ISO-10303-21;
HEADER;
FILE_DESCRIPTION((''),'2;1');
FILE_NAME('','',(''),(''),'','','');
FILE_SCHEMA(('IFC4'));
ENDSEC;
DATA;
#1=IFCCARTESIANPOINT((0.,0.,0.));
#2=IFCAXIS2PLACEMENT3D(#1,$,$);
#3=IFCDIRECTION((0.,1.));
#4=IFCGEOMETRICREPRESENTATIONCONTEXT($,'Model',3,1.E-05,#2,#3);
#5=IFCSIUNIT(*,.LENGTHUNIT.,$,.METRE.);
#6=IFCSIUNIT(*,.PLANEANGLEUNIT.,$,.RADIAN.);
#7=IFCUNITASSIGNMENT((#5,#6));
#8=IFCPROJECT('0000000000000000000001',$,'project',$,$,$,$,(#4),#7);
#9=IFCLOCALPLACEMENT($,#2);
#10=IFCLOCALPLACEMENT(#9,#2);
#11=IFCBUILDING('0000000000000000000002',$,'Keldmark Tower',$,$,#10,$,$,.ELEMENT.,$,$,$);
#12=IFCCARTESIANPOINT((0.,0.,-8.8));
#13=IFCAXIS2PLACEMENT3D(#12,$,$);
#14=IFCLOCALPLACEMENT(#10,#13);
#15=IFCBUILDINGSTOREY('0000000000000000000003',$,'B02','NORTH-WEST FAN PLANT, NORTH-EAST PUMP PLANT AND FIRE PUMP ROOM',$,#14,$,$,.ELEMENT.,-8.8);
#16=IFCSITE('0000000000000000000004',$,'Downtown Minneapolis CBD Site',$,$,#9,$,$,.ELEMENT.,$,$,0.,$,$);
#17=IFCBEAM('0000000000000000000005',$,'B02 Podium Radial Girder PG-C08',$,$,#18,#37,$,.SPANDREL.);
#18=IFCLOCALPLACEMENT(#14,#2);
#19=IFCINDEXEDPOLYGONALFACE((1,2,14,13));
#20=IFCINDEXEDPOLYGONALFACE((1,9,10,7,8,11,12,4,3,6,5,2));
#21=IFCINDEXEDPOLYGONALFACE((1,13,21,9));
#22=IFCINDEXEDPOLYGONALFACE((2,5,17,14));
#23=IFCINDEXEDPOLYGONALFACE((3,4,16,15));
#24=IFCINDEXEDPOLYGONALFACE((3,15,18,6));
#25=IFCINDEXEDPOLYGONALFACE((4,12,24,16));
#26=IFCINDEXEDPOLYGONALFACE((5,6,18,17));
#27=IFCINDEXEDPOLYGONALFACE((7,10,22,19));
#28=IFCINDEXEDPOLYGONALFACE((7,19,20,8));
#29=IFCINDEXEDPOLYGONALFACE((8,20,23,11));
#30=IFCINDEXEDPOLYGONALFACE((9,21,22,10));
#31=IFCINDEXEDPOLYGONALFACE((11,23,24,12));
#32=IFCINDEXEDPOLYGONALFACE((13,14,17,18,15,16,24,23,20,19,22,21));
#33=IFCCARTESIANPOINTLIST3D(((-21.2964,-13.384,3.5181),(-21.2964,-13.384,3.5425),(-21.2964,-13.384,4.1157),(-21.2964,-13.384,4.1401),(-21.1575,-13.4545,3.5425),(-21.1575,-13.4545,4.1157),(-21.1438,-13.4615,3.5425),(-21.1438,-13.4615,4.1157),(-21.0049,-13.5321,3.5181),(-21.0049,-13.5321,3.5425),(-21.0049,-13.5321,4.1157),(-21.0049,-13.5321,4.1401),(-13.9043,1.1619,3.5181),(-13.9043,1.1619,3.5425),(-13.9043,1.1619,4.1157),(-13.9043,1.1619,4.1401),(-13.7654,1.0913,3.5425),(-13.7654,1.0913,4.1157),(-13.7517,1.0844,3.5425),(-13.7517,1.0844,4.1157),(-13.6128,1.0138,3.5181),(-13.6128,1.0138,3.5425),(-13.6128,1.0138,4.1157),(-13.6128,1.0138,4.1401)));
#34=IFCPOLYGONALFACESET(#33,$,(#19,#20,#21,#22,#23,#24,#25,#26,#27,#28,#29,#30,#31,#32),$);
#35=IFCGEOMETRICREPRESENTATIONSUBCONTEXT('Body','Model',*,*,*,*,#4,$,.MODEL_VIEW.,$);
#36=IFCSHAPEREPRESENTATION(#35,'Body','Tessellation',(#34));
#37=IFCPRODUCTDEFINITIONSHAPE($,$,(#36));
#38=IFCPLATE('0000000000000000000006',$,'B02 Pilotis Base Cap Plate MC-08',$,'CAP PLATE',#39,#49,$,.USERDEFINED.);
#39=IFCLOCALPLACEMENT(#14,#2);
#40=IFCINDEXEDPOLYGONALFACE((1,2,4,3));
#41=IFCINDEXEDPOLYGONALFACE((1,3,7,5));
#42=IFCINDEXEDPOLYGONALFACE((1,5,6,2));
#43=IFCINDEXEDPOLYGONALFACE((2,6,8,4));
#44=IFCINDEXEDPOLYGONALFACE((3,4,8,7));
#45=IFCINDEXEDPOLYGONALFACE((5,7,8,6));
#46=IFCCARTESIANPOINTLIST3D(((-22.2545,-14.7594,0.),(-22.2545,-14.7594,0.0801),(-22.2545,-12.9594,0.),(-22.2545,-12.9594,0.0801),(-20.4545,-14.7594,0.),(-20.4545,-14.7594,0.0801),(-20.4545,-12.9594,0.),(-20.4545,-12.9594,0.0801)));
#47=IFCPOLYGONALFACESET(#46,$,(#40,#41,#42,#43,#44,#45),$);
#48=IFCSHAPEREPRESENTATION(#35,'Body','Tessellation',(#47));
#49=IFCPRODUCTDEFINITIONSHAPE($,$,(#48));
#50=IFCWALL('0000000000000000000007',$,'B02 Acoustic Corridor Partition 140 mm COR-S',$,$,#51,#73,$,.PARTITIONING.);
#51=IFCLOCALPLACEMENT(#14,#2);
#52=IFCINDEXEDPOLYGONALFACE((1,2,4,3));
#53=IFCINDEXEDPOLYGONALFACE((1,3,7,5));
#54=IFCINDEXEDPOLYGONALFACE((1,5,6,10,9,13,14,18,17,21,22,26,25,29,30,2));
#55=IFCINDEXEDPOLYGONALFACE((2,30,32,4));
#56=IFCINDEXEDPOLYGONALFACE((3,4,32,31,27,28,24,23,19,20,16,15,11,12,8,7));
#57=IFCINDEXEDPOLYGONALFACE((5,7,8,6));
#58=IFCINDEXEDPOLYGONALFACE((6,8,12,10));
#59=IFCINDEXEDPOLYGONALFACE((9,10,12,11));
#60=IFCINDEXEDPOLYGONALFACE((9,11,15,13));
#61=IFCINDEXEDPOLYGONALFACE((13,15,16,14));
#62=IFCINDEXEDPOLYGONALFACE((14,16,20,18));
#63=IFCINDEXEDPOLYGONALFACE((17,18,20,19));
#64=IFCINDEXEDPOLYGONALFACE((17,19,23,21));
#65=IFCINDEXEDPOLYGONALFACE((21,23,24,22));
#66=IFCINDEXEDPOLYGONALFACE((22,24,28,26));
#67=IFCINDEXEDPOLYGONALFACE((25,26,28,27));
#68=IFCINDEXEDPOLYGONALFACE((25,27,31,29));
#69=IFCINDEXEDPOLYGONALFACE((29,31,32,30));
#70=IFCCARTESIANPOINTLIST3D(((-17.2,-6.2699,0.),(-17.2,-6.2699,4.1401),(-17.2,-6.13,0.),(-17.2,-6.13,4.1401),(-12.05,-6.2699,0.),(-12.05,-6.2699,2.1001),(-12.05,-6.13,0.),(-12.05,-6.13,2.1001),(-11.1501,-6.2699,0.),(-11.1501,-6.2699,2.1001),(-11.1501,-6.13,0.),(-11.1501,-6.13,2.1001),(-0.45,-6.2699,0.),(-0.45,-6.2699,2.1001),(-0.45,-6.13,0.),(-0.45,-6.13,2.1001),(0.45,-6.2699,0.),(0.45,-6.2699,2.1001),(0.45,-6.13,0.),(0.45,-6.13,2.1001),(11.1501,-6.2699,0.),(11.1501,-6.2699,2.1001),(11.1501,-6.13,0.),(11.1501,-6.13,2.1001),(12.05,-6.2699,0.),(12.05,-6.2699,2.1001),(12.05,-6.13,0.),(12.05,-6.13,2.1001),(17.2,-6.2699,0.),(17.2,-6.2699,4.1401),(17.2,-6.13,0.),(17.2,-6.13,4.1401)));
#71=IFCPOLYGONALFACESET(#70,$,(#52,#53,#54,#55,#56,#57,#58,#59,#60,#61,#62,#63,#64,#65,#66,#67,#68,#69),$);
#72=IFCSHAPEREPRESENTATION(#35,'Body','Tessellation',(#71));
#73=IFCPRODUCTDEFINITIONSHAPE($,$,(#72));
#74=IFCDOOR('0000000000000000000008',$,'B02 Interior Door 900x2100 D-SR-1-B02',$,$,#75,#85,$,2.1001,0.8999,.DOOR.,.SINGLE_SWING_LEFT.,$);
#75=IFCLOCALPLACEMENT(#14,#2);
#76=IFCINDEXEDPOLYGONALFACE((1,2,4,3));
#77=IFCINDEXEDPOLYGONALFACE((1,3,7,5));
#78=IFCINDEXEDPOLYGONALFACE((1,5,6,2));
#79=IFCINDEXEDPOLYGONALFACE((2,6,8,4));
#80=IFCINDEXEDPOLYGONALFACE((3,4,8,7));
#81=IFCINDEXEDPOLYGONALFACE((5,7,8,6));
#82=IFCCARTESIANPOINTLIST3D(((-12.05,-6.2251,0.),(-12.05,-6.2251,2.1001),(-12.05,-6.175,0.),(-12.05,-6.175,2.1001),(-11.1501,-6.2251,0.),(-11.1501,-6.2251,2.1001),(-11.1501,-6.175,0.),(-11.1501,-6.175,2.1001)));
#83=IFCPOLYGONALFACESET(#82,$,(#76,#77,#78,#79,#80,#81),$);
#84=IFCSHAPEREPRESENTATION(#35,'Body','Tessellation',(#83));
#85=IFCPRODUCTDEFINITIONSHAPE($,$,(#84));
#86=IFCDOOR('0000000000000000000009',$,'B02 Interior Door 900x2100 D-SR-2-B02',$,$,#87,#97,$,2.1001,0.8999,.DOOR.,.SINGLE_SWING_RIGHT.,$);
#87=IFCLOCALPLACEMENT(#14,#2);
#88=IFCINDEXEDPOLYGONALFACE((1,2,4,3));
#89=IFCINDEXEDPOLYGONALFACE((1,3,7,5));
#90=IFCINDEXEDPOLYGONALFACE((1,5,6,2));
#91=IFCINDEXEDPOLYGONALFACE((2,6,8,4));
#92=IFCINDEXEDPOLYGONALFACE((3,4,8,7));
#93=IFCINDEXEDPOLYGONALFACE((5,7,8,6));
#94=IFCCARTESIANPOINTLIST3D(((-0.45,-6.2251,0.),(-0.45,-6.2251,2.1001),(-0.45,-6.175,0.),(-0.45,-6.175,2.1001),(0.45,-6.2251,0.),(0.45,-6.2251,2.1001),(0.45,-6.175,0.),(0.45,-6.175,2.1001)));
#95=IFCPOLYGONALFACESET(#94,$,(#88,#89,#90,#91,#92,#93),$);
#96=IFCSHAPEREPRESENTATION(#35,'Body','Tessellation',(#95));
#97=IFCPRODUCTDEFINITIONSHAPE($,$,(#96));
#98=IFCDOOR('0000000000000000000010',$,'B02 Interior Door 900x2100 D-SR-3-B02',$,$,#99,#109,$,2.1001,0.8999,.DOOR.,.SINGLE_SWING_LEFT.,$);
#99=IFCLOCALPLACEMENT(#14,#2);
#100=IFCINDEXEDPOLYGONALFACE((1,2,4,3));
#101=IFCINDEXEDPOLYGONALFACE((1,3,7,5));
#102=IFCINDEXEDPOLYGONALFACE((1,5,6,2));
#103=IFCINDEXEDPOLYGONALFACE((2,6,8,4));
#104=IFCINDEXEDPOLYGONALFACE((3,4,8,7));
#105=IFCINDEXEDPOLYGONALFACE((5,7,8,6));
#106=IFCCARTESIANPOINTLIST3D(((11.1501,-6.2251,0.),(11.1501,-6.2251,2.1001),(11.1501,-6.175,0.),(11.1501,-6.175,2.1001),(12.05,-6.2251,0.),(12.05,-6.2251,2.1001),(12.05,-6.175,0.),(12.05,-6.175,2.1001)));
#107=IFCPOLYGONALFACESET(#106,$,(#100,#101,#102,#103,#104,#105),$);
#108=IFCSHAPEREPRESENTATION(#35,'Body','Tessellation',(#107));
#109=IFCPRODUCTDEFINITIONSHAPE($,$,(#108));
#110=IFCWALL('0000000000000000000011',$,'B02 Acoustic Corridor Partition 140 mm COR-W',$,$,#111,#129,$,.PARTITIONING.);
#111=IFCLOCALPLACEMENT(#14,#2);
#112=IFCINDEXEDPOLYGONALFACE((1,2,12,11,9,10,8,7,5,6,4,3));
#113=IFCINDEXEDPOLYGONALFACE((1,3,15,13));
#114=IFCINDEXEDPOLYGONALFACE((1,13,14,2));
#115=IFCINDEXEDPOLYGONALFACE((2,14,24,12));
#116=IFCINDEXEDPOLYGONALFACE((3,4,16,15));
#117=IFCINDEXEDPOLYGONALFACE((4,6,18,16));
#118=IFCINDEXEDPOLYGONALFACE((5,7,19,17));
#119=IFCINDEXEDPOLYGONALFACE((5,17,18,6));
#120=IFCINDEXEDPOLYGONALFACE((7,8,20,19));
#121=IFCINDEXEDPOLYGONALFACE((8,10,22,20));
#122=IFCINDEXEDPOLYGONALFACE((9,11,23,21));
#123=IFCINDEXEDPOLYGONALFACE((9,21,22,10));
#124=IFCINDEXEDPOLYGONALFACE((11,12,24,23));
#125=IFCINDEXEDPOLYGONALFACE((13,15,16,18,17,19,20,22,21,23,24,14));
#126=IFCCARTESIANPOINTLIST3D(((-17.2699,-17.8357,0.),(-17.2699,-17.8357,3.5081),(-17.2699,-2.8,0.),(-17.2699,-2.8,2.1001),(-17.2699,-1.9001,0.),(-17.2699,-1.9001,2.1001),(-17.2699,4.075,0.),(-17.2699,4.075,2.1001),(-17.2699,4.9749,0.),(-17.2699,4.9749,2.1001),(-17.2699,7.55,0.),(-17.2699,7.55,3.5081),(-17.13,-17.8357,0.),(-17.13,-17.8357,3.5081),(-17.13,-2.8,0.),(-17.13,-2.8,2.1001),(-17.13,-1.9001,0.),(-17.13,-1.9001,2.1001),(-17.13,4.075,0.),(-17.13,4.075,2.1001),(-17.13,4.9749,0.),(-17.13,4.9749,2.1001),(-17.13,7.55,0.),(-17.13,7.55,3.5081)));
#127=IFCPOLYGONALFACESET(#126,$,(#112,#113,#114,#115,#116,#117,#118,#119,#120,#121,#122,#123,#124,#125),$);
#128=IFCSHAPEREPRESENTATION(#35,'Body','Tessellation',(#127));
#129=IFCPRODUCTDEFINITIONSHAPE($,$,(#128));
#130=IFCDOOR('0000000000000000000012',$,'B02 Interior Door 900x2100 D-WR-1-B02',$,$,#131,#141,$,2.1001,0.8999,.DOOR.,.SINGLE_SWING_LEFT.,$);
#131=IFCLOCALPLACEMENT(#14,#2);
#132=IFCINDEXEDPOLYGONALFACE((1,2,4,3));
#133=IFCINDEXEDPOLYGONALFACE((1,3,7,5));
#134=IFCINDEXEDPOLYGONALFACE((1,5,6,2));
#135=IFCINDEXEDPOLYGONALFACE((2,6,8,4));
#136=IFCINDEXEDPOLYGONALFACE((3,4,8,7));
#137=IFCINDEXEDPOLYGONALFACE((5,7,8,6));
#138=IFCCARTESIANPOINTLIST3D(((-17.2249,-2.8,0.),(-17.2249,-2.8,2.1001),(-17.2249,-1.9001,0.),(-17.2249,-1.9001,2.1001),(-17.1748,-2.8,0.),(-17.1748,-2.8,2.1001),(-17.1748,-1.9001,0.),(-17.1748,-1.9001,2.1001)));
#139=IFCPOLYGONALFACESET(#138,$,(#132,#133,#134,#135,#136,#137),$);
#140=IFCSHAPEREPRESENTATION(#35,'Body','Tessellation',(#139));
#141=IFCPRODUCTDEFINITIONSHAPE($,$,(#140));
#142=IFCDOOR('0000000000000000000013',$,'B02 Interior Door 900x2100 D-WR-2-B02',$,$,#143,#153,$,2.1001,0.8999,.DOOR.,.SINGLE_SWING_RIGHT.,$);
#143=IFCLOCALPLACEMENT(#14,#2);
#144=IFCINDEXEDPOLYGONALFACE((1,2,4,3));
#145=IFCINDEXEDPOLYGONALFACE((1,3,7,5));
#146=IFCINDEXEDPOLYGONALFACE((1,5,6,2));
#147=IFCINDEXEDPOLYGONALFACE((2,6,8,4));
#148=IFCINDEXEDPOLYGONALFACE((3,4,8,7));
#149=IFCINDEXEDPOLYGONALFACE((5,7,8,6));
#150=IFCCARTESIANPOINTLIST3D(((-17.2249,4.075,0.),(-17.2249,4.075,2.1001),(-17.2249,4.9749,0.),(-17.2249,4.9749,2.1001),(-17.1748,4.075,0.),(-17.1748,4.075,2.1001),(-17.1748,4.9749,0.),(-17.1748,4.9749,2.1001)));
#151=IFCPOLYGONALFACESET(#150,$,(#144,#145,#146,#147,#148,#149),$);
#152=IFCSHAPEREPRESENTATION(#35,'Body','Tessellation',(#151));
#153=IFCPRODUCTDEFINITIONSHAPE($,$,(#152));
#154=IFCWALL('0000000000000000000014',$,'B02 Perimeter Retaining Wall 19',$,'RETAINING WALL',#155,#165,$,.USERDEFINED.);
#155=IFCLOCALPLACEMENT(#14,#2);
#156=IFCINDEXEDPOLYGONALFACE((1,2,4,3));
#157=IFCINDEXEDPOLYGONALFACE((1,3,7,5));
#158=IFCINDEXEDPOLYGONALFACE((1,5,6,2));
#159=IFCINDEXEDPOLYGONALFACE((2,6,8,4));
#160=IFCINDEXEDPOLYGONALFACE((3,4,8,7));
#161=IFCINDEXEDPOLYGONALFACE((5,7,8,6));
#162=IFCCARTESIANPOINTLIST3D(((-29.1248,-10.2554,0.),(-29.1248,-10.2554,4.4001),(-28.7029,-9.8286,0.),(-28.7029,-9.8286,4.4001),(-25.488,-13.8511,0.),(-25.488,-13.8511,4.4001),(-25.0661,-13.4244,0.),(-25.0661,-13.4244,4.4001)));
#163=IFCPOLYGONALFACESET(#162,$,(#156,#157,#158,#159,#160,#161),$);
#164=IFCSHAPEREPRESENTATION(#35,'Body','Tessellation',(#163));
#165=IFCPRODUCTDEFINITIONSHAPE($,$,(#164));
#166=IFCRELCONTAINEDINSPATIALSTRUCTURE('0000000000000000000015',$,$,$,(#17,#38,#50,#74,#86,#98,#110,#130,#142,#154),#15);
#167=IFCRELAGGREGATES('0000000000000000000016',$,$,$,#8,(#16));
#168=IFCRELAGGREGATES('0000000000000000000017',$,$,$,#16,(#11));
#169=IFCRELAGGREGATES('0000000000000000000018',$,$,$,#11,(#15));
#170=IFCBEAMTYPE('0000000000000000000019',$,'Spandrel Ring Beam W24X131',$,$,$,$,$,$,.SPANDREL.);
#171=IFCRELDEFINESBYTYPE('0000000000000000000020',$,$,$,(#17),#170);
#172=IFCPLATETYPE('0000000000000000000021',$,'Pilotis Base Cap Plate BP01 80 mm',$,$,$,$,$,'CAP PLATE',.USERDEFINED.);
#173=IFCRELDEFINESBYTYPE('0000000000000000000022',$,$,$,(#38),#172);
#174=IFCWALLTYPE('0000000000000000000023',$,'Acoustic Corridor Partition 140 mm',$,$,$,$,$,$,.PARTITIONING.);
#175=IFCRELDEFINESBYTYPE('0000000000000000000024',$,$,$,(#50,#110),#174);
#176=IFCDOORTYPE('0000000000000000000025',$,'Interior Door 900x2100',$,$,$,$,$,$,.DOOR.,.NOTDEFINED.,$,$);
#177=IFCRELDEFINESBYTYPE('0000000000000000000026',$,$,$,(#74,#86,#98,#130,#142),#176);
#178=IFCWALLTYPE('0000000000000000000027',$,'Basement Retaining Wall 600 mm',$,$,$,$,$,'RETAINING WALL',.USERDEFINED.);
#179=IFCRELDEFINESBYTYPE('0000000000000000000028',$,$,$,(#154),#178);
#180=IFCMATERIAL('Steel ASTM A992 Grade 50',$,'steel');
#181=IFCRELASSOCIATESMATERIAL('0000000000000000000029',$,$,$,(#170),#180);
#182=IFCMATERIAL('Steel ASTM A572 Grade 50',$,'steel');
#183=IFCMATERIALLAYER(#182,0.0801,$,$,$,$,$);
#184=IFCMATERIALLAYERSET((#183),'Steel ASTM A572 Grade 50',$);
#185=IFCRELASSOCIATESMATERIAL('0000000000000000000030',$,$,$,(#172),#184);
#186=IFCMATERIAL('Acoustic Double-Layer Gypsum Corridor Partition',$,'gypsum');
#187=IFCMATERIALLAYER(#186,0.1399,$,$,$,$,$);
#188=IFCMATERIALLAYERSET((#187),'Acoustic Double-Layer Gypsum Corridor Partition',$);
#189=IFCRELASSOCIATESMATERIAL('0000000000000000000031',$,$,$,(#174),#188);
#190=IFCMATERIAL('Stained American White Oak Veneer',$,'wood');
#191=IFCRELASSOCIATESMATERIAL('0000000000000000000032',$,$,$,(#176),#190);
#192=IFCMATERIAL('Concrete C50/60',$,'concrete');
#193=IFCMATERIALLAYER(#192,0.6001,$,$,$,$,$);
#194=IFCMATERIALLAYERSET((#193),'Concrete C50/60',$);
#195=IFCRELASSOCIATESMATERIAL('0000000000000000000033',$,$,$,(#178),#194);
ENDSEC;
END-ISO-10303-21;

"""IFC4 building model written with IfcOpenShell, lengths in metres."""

from ifc_helpers import new_model, si_unit, direction, frame, frame_2d, origin, origin_2d, place, context, subcontext, project, spatial, rectangle, i_section, extrude, material, layer, layer_set, material_profile, profile_set, type_object, element, fill, save


model = new_model("IFC4")

# Units and contexts
model_context = context("Model", 3, precision=1e-05, world=origin(), true_north=direction((0.0, 1.0)))
body_context = subcontext(model_context, "Body", "Model", "MODEL_VIEW")
ifc_project = project(units=[si_unit("LENGTHUNIT", "METRE"), si_unit("PLANEANGLEUNIT", "RADIAN")], contexts=[model_context])

# Site, building, storey
site_placement = place(None, origin())
site = spatial("IfcSite", under=ifc_project, at=site_placement, Name="Downtown Minneapolis CBD Site", CompositionType="ELEMENT", RefElevation=0.0)
building_placement = place(site_placement, origin())
building = spatial("IfcBuilding", under=site, at=building_placement, Name="Keldmark Tower", CompositionType="ELEMENT")
storey_placement = place(building_placement, frame((0.0, 0.0, -8.8)))
storey = spatial("IfcBuildingStorey", under=building, at=storey_placement, Name="B02", Description="NORTH-WEST FAN PLANT, NORTH-EAST PUMP PLANT AND FIRE PUMP ROOM", CompositionType="ELEMENT", Elevation=-8.8)

# Beam
ifc_material_1 = material(Name="Steel ASTM A992 Grade 50", Category="steel")
ifc_material_profile_1 = material_profile(ifc_material_1, i_section(OverallWidth=0.3269, OverallDepth=0.6221, WebThickness=0.0154, FlangeThickness=0.0244, at=origin_2d()), Name="W24X131")
ifc_profile_set_1 = profile_set([ifc_material_profile_1], Name="Steel ASTM A992 Grade 50")
beam_type_1 = type_object("IfcBeamType", Name="Spandrel Ring Beam W24X131", PredefinedType="SPANDREL", material=ifc_profile_set_1)
beam_1_placement = place(storey_placement, frame((-21.1506, -13.458, 3.8291), z_axis=(0.453046, 0.891487, 0.0), x_axis=(-0.891487, 0.453046, 0.0)))
element("IfcBeam", 1, at=beam_1_placement, inside=storey, type_object=beam_type_1, Name="B02 Podium Radial Girder PG-C08", PredefinedType="SPANDREL", context=body_context, shape_type="SweptSolid", body=[
    extrude(i_section(OverallWidth=0.3269, OverallDepth=0.6221, WebThickness=0.0154, FlangeThickness=0.0244, at=origin_2d()), origin(), (0.0, 0.0, 1.0), 16.3164),
])

# Plate
ifc_material_2 = material(Name="Steel ASTM A572 Grade 50", Category="steel")
ifc_layer_1 = layer(ifc_material_2, 0.0801)
ifc_layer_set_1 = layer_set([ifc_layer_1], Name="Steel ASTM A572 Grade 50")
plate_type = type_object("IfcPlateType", Name="Pilotis Base Cap Plate BP01 80 mm", ElementType="CAP PLATE", PredefinedType="USERDEFINED", material=ifc_layer_set_1)
plate_placement = place(storey_placement, frame((-21.3545, -13.8594, 0.0), z_axis=(0.0, 0.0, 1.0), x_axis=(1.0, 0.0, 0.0)))
element("IfcPlate", 2, at=plate_placement, inside=storey, type_object=plate_type, Name="B02 Pilotis Base Cap Plate MC-08", ObjectType="CAP PLATE", PredefinedType="USERDEFINED", context=body_context, shape_type="SweptSolid", body=[
    extrude(rectangle(XDim=1.8, YDim=1.8, at=origin_2d()), origin(), (0.0, 0.0, 1.0), 0.0801),
])

# Walls, openings, doors
ifc_material_3 = material(Name="Acoustic Double-Layer Gypsum Corridor Partition", Category="gypsum")
ifc_layer_2 = layer(ifc_material_3, 0.1399)
ifc_layer_set_2 = layer_set([ifc_layer_2], Name="Acoustic Double-Layer Gypsum Corridor Partition")
wall_type_1 = type_object("IfcWallType", Name="Acoustic Corridor Partition 140 mm", PredefinedType="PARTITIONING", material=ifc_layer_set_2)
wall_1_placement = place(storey_placement, frame((-17.2, -6.2, 0.0), z_axis=(0.0, 0.0, 1.0), x_axis=(1.0, 0.0, 0.0)))
wall_1 = element("IfcWall", 3, at=wall_1_placement, inside=storey, type_object=wall_type_1, Name="B02 Acoustic Corridor Partition 140 mm COR-S", PredefinedType="PARTITIONING", context=body_context, shape_type="SweptSolid", body=[
    extrude(rectangle(XDim=34.3999, YDim=0.1399, at=frame_2d((17.2, 0.0))), origin(), (0.0, 0.0, 1.0), 4.1401),
])
opening_1_placement = place(wall_1_placement, frame((5.1499, 0.0, 0.0)))
opening_1 = element("IfcOpeningElement", 4, at=opening_1_placement, cuts=wall_1, PredefinedType="OPENING", context=body_context, shape_type="SweptSolid", body=[
    extrude(rectangle(XDim=0.8999, YDim=2.1001, at=frame_2d((0.45, 1.05))), frame((0.0, 0.0798, 0.0), z_axis=(0.0, -1.0, 0.0), x_axis=(1.0, 0.0, 0.0)), (0.0, 0.0, 1.0), 0.1599),
])
opening_2_placement = place(wall_1_placement, frame((16.75, 0.0, 0.0)))
opening_2 = element("IfcOpeningElement", 5, at=opening_2_placement, cuts=wall_1, PredefinedType="OPENING", context=body_context, shape_type="SweptSolid", body=[
    extrude(rectangle(XDim=0.8999, YDim=2.1001, at=frame_2d((0.45, 1.05))), frame((0.0, 0.0798, 0.0), z_axis=(0.0, -1.0, 0.0), x_axis=(1.0, 0.0, 0.0)), (0.0, 0.0, 1.0), 0.1599),
])
opening_3_placement = place(wall_1_placement, frame((28.3501, 0.0, 0.0)))
opening_3 = element("IfcOpeningElement", 6, at=opening_3_placement, cuts=wall_1, PredefinedType="OPENING", context=body_context, shape_type="SweptSolid", body=[
    extrude(rectangle(XDim=0.8999, YDim=2.1001, at=frame_2d((0.45, 1.05))), frame((0.0, 0.0798, 0.0), z_axis=(0.0, -1.0, 0.0), x_axis=(1.0, 0.0, 0.0)), (0.0, 0.0, 1.0), 0.1599),
])
ifc_material_4 = material(Name="Stained American White Oak Veneer", Category="wood")
door_type = type_object("IfcDoorType", Name="Interior Door 900x2100", OperationType="NOTDEFINED", PredefinedType="DOOR", material=ifc_material_4)
door_1_placement = place(opening_1_placement, origin())
door_1 = element("IfcDoor", 7, at=door_1_placement, inside=storey, type_object=door_type, Name="B02 Interior Door 900x2100 D-SR-1-B02", OperationType="SINGLE_SWING_LEFT", OverallHeight=2.1001, OverallWidth=0.8999, PredefinedType="DOOR", context=body_context, shape_type="SweptSolid", body=[
    extrude(rectangle(XDim=0.8999, YDim=2.1001, at=frame_2d((0.45, 1.05))), frame((0.0, 0.0249, 0.0), z_axis=(0.0, -1.0, 0.0), x_axis=(1.0, 0.0, 0.0)), (0.0, 0.0, 1.0), 0.05),
])
fill(opening_1, door_1)
door_2_placement = place(opening_2_placement, origin())
door_2 = element("IfcDoor", 8, at=door_2_placement, inside=storey, type_object=door_type, Name="B02 Interior Door 900x2100 D-SR-2-B02", OperationType="SINGLE_SWING_RIGHT", OverallHeight=2.1001, OverallWidth=0.8999, PredefinedType="DOOR", context=body_context, shape_type="SweptSolid", body=[
    extrude(rectangle(XDim=0.8999, YDim=2.1001, at=frame_2d((0.45, 1.05))), frame((0.0, 0.0249, 0.0), z_axis=(0.0, -1.0, 0.0), x_axis=(1.0, 0.0, 0.0)), (0.0, 0.0, 1.0), 0.05),
])
fill(opening_2, door_2)
door_3_placement = place(opening_3_placement, origin())
door_3 = element("IfcDoor", 9, at=door_3_placement, inside=storey, type_object=door_type, Name="B02 Interior Door 900x2100 D-SR-3-B02", OperationType="SINGLE_SWING_LEFT", OverallHeight=2.1001, OverallWidth=0.8999, PredefinedType="DOOR", context=body_context, shape_type="SweptSolid", body=[
    extrude(rectangle(XDim=0.8999, YDim=2.1001, at=frame_2d((0.45, 1.05))), frame((0.0, 0.0249, 0.0), z_axis=(0.0, -1.0, 0.0), x_axis=(1.0, 0.0, 0.0)), (0.0, 0.0, 1.0), 0.05),
])
fill(opening_3, door_3)
wall_2_placement = place(storey_placement, frame((-17.2, -17.8357, 0.0), z_axis=(0.0, 0.0, 1.0), x_axis=(0.0, 1.0, 0.0)))
wall_2 = element("IfcWall", 10, at=wall_2_placement, inside=storey, type_object=wall_type_1, Name="B02 Acoustic Corridor Partition 140 mm COR-W", PredefinedType="PARTITIONING", context=body_context, shape_type="SweptSolid", body=[
    extrude(rectangle(XDim=25.3857, YDim=0.1399, at=frame_2d((12.6929, 0.0))), origin(), (0.0, 0.0, 1.0), 3.5081),
])
opening_4_placement = place(wall_2_placement, frame((15.0356, 0.0, 0.0)))
opening_4 = element("IfcOpeningElement", 11, at=opening_4_placement, cuts=wall_2, PredefinedType="OPENING", context=body_context, shape_type="SweptSolid", body=[
    extrude(rectangle(XDim=0.8999, YDim=2.1001, at=frame_2d((0.45, 1.05))), frame((0.0, 0.0798, 0.0), z_axis=(0.0, -1.0, 0.0), x_axis=(1.0, 0.0, 0.0)), (0.0, 0.0, 1.0), 0.1599),
])
opening_5_placement = place(wall_2_placement, frame((21.9106, 0.0, 0.0)))
opening_5 = element("IfcOpeningElement", 12, at=opening_5_placement, cuts=wall_2, PredefinedType="OPENING", context=body_context, shape_type="SweptSolid", body=[
    extrude(rectangle(XDim=0.8999, YDim=2.1001, at=frame_2d((0.45, 1.05))), frame((0.0, 0.0798, 0.0), z_axis=(0.0, -1.0, 0.0), x_axis=(1.0, 0.0, 0.0)), (0.0, 0.0, 1.0), 0.1599),
])
door_4_placement = place(opening_4_placement, origin())
door_4 = element("IfcDoor", 13, at=door_4_placement, inside=storey, type_object=door_type, Name="B02 Interior Door 900x2100 D-WR-1-B02", OperationType="SINGLE_SWING_LEFT", OverallHeight=2.1001, OverallWidth=0.8999, PredefinedType="DOOR", context=body_context, shape_type="SweptSolid", body=[
    extrude(rectangle(XDim=0.8999, YDim=2.1001, at=frame_2d((0.45, 1.05))), frame((0.0, 0.0249, 0.0), z_axis=(0.0, -1.0, 0.0), x_axis=(1.0, 0.0, 0.0)), (0.0, 0.0, 1.0), 0.05),
])
fill(opening_4, door_4)
door_5_placement = place(opening_5_placement, origin())
door_5 = element("IfcDoor", 14, at=door_5_placement, inside=storey, type_object=door_type, Name="B02 Interior Door 900x2100 D-WR-2-B02", OperationType="SINGLE_SWING_RIGHT", OverallHeight=2.1001, OverallWidth=0.8999, PredefinedType="DOOR", context=body_context, shape_type="SweptSolid", body=[
    extrude(rectangle(XDim=0.8999, YDim=2.1001, at=frame_2d((0.45, 1.05))), frame((0.0, 0.0249, 0.0), z_axis=(0.0, -1.0, 0.0), x_axis=(1.0, 0.0, 0.0)), (0.0, 0.0, 1.0), 0.05),
])
fill(opening_5, door_5)

# Wall
ifc_material_5 = material(Name="Concrete C50/60", Category="concrete")
ifc_layer_3 = layer(ifc_material_5, 0.6001)
ifc_layer_set_3 = layer_set([ifc_layer_3], Name="Concrete C50/60")
wall_type_2 = type_object("IfcWallType", Name="Basement Retaining Wall 600 mm", ElementType="RETAINING WALL", PredefinedType="USERDEFINED", material=ifc_layer_set_3)
wall_3_placement = place(storey_placement, frame((-28.9138, -10.042, 0.0), z_axis=(0.0, 0.0, 1.0), x_axis=(0.711105, -0.703085, 0.0)))
element("IfcWall", 15, at=wall_3_placement, inside=storey, type_object=wall_type_2, Name="B02 Perimeter Retaining Wall 19", ObjectType="RETAINING WALL", PredefinedType="USERDEFINED", context=body_context, shape_type="SweptSolid", body=[
    extrude(rectangle(XDim=5.1143, YDim=0.6001, at=frame_2d((2.5571, 0.0))), origin(), (0.0, 0.0, 1.0), 4.4001),
])

save(model, "model.ifc")
